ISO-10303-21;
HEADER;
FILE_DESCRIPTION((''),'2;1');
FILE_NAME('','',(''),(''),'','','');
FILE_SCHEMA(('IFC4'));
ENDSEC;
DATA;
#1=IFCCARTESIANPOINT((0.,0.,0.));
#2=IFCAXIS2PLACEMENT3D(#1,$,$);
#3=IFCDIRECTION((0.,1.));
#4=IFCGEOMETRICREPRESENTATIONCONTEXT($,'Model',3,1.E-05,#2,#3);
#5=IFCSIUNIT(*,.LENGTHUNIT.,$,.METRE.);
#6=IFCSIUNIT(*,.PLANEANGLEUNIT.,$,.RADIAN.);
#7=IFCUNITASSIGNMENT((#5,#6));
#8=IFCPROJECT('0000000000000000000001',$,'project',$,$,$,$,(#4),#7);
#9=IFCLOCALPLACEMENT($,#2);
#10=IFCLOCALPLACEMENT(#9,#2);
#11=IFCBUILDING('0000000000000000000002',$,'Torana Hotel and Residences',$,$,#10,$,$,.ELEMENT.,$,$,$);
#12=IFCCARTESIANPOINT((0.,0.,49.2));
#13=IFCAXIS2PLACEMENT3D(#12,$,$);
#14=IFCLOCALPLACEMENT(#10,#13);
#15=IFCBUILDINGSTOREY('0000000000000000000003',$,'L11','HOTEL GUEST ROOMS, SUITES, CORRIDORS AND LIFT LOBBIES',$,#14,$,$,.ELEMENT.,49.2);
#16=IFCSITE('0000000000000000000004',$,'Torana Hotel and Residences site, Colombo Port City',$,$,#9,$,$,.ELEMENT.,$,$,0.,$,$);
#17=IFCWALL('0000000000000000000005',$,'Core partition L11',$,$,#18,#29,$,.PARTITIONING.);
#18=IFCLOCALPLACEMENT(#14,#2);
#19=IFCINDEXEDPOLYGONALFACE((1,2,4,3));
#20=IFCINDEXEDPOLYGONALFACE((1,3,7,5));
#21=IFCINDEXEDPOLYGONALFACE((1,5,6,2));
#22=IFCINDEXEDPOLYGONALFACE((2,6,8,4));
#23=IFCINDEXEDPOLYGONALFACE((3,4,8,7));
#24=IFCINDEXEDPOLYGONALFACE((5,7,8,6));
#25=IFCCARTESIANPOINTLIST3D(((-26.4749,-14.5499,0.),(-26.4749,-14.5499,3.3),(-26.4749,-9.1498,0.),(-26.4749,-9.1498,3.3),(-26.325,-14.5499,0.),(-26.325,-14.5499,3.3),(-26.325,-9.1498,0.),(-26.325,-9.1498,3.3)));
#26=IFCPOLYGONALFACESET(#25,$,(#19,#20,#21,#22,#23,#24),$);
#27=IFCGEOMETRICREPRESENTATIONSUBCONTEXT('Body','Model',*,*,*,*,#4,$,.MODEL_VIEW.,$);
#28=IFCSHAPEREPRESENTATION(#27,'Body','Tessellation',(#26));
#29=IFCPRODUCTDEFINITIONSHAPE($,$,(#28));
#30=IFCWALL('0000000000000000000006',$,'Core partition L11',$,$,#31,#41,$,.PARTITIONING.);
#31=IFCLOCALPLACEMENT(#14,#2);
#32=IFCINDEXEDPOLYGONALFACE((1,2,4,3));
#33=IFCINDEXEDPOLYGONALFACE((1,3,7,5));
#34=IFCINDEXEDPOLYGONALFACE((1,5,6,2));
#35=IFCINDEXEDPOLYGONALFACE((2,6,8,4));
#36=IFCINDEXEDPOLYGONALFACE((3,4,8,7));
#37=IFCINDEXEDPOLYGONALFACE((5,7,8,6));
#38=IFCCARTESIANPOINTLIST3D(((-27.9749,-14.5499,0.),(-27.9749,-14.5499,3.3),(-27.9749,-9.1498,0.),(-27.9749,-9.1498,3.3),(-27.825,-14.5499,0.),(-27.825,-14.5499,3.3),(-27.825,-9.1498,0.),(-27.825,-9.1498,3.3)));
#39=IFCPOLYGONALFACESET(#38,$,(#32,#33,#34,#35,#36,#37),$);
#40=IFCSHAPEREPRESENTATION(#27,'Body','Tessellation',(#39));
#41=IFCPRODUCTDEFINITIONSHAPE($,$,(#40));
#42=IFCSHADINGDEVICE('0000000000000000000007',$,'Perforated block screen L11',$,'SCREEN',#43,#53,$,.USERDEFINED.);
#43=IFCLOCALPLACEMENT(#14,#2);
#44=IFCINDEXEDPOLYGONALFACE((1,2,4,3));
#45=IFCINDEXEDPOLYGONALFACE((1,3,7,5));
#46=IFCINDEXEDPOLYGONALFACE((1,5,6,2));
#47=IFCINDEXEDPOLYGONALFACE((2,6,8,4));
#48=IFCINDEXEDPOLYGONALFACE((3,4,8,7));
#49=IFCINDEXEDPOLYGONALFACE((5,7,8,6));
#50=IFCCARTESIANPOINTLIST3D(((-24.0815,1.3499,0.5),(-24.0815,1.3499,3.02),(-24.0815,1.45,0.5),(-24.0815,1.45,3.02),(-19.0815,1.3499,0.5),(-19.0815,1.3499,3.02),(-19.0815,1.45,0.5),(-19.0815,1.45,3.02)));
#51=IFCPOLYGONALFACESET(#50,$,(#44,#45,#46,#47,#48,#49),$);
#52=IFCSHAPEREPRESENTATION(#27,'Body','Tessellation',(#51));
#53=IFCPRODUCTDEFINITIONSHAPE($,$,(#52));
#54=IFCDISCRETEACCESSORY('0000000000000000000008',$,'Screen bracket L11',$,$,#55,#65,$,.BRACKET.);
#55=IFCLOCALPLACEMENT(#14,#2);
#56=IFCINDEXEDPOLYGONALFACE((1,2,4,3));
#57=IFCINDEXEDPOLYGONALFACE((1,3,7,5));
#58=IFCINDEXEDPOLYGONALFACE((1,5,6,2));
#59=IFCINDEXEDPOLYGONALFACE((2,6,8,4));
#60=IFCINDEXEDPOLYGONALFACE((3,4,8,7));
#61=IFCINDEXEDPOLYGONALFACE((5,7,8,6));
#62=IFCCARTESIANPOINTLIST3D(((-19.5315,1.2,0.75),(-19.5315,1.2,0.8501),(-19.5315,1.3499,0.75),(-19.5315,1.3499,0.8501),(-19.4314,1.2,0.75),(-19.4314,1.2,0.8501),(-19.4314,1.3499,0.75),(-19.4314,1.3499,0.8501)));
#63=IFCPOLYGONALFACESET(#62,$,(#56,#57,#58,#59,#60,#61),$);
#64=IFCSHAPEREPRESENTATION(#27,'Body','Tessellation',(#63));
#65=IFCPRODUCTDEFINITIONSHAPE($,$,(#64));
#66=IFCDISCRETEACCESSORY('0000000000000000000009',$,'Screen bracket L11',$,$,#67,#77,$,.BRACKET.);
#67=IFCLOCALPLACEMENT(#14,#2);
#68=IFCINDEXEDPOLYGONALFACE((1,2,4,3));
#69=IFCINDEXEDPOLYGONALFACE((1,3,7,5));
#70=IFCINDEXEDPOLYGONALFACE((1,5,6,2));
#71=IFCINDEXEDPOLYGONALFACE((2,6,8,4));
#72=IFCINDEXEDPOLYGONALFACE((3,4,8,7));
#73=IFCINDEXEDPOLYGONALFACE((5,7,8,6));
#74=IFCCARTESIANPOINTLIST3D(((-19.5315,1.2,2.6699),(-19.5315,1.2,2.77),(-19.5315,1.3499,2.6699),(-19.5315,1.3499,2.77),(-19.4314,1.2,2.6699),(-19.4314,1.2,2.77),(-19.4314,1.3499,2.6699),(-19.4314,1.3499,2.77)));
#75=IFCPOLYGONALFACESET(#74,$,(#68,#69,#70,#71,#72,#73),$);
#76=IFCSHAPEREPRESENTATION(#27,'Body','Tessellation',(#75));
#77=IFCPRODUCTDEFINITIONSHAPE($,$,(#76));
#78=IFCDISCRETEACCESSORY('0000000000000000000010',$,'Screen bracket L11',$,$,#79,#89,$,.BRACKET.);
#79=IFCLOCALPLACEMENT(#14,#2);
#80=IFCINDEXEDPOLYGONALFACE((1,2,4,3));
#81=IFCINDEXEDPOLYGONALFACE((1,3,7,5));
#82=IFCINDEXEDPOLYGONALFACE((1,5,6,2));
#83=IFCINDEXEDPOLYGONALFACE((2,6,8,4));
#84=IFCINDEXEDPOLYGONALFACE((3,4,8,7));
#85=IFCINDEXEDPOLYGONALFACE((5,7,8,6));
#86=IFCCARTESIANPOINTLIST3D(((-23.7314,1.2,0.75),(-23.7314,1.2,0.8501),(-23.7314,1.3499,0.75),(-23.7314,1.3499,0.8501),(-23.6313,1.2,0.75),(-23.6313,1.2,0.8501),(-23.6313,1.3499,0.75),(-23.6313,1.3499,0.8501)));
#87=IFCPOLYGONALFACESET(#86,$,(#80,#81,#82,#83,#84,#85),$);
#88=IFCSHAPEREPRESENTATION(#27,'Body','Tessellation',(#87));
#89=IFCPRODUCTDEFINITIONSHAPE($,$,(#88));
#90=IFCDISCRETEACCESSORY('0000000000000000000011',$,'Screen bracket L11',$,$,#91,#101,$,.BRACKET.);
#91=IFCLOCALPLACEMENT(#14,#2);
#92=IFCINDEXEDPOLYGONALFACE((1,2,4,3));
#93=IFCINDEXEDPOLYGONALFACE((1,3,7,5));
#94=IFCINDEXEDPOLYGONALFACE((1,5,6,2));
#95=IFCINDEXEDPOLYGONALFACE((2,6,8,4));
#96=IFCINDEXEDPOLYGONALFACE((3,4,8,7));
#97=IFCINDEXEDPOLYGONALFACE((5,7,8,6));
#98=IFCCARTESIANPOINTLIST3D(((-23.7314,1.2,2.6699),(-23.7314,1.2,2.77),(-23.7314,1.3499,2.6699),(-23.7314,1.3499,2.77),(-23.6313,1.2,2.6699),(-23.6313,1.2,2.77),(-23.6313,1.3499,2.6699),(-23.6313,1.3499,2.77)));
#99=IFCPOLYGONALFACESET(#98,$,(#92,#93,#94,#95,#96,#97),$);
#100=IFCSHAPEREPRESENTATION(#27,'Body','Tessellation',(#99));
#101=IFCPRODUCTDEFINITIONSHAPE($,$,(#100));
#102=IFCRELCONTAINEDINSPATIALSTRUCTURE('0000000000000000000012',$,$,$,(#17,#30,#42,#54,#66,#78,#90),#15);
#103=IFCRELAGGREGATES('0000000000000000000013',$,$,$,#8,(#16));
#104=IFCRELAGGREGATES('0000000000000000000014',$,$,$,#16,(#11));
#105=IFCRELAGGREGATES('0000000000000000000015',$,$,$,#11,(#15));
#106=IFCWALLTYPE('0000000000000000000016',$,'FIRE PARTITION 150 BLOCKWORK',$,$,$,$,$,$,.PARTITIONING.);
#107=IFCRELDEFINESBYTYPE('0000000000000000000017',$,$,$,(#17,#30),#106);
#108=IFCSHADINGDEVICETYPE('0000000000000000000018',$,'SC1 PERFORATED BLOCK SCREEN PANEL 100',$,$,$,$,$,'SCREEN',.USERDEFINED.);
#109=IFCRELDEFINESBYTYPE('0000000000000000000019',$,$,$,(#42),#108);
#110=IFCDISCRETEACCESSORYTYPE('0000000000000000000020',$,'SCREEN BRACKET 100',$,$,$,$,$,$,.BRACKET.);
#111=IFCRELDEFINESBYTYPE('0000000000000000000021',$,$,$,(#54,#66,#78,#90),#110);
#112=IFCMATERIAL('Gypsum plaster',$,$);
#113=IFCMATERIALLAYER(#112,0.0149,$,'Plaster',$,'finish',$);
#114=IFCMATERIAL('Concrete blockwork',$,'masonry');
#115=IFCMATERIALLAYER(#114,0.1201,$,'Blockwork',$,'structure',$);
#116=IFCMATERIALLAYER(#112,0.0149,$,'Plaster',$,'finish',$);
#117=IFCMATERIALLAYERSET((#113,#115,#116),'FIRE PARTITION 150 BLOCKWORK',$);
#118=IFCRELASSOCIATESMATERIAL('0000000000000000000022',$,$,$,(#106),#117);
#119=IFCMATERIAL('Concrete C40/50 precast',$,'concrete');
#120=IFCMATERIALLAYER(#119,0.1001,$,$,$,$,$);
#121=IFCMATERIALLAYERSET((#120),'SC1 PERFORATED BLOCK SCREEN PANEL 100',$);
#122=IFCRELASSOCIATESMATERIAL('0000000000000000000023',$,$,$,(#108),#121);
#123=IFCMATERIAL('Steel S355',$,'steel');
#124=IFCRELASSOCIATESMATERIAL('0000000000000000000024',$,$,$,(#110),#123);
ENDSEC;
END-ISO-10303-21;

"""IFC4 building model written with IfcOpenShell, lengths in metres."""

from ifc_helpers import new_model, si_unit, direction, frame, frame_2d, origin, origin_2d, place, context, subcontext, project, spatial, rectangle, extrude, material, layer, layer_set, type_object, element, save


model = new_model("IFC4")

# Units and contexts
model_context = context("Model", 3, precision=1e-05, world=origin(), true_north=direction((0.0, 1.0)))
body_context = subcontext(model_context, "Body", "Model", "MODEL_VIEW")
ifc_project = project(units=[si_unit("LENGTHUNIT", "METRE"), si_unit("PLANEANGLEUNIT", "RADIAN")], contexts=[model_context])

# Site, building, storey
site_placement = place(None, origin())
site = spatial("IfcSite", under=ifc_project, at=site_placement, Name="Torana Hotel and Residences site, Colombo Port City", CompositionType="ELEMENT", RefElevation=0.0)
building_placement = place(site_placement, origin())
building = spatial("IfcBuilding", under=site, at=building_placement, Name="Torana Hotel and Residences", CompositionType="ELEMENT")
storey_placement = place(building_placement, frame((0.0, 0.0, 49.2)))
storey = spatial("IfcBuildingStorey", under=building, at=storey_placement, Name="L11", Description="HOTEL GUEST ROOMS, SUITES, CORRIDORS AND LIFT LOBBIES", CompositionType="ELEMENT", Elevation=49.2)

# Shared definitions
ifc_material_1 = material(Name="Gypsum plaster")
ifc_layer_1 = layer(ifc_material_1, 0.0149, Name="Plaster", Category="finish")
ifc_material_2 = material(Name="Concrete blockwork", Category="masonry")
ifc_layer_2 = layer(ifc_material_2, 0.1201, Name="Blockwork", Category="structure")
ifc_layer_3 = layer(ifc_material_1, 0.0149, Name="Plaster", Category="finish")
ifc_layer_set_1 = layer_set([ifc_layer_1, ifc_layer_2, ifc_layer_3], Name="FIRE PARTITION 150 BLOCKWORK")
wall_type_1 = type_object("IfcWallType", Name="FIRE PARTITION 150 BLOCKWORK", PredefinedType="PARTITIONING", material=ifc_layer_set_1)

# Walls
for number, where, z_axis, x_axis, name in (
    (1, (-26.3999, -14.55, 0.0), (0.0, 0.0, 1.0), (0.0, 1.0, 0.0), "Core partition L11"),
    (2, (-27.8999, -14.55, 0.0), (0.0, 0.0, 1.0), (0.0, 1.0, 0.0), "Core partition L11"),
):
    element("IfcWall", number, at=place(storey_placement, frame(where, z_axis=z_axis, x_axis=x_axis)), inside=storey, type_object=wall_type_1, Name=name, PredefinedType="PARTITIONING", context=body_context, shape_type="SweptSolid", body=[
        extrude(rectangle(XDim=5.4001, YDim=0.1499, at=frame_2d((2.7002, 0.0))), origin(), (0.0, 0.0, 1.0), 3.3),
    ])

# Shading device
ifc_material_3 = material(Name="Concrete C40/50 precast", Category="concrete")
ifc_layer_4 = layer(ifc_material_3, 0.1001)
ifc_layer_set_2 = layer_set([ifc_layer_4], Name="SC1 PERFORATED BLOCK SCREEN PANEL 100")
shading_device_type = type_object("IfcShadingDeviceType", Name="SC1 PERFORATED BLOCK SCREEN PANEL 100", ElementType="SCREEN", PredefinedType="USERDEFINED", material=ifc_layer_set_2)
shading_device_placement = place(storey_placement, frame((-21.5815, 1.3999, 0.5), z_axis=(0.0, 0.0, 1.0), x_axis=(-1.0, 0.0, 0.0)))
element("IfcShadingDevice", 3, at=shading_device_placement, inside=storey, type_object=shading_device_type, Name="Perforated block screen L11", ObjectType="SCREEN", PredefinedType="USERDEFINED", context=body_context, shape_type="SweptSolid", body=[
    extrude(rectangle(XDim=5.0, YDim=0.1001, at=origin_2d()), origin(), (0.0, 0.0, 1.0), 2.52),
])

# Discrete accessories
ifc_material_4 = material(Name="Steel S355", Category="steel")
discrete_accessory_type = type_object("IfcDiscreteAccessoryType", Name="SCREEN BRACKET 100", PredefinedType="BRACKET", material=ifc_material_4)
for number, where, z_axis, x_axis, name in (
    (4, (-19.4814, 1.2749, 0.75), (0.0, 0.0, 1.0), (-1.0, 0.0, 0.0), "Screen bracket L11"),
    (5, (-19.4814, 1.2749, 2.6699), (0.0, 0.0, 1.0), (-1.0, 0.0, 0.0), "Screen bracket L11"),
    (6, (-23.6814, 1.2749, 0.75), (0.0, 0.0, 1.0), (-1.0, 0.0, 0.0), "Screen bracket L11"),
    (7, (-23.6814, 1.2749, 2.6699), (0.0, 0.0, 1.0), (-1.0, 0.0, 0.0), "Screen bracket L11"),
):
    element("IfcDiscreteAccessory", number, at=place(storey_placement, frame(where, z_axis=z_axis, x_axis=x_axis)), inside=storey, type_object=discrete_accessory_type, Name=name, PredefinedType="BRACKET", context=body_context, shape_type="SweptSolid", body=[
        extrude(rectangle(XDim=0.1001, YDim=0.1499, at=origin_2d()), origin(), (0.0, 0.0, 1.0), 0.1001),
    ])

save(model, "model.ifc")
